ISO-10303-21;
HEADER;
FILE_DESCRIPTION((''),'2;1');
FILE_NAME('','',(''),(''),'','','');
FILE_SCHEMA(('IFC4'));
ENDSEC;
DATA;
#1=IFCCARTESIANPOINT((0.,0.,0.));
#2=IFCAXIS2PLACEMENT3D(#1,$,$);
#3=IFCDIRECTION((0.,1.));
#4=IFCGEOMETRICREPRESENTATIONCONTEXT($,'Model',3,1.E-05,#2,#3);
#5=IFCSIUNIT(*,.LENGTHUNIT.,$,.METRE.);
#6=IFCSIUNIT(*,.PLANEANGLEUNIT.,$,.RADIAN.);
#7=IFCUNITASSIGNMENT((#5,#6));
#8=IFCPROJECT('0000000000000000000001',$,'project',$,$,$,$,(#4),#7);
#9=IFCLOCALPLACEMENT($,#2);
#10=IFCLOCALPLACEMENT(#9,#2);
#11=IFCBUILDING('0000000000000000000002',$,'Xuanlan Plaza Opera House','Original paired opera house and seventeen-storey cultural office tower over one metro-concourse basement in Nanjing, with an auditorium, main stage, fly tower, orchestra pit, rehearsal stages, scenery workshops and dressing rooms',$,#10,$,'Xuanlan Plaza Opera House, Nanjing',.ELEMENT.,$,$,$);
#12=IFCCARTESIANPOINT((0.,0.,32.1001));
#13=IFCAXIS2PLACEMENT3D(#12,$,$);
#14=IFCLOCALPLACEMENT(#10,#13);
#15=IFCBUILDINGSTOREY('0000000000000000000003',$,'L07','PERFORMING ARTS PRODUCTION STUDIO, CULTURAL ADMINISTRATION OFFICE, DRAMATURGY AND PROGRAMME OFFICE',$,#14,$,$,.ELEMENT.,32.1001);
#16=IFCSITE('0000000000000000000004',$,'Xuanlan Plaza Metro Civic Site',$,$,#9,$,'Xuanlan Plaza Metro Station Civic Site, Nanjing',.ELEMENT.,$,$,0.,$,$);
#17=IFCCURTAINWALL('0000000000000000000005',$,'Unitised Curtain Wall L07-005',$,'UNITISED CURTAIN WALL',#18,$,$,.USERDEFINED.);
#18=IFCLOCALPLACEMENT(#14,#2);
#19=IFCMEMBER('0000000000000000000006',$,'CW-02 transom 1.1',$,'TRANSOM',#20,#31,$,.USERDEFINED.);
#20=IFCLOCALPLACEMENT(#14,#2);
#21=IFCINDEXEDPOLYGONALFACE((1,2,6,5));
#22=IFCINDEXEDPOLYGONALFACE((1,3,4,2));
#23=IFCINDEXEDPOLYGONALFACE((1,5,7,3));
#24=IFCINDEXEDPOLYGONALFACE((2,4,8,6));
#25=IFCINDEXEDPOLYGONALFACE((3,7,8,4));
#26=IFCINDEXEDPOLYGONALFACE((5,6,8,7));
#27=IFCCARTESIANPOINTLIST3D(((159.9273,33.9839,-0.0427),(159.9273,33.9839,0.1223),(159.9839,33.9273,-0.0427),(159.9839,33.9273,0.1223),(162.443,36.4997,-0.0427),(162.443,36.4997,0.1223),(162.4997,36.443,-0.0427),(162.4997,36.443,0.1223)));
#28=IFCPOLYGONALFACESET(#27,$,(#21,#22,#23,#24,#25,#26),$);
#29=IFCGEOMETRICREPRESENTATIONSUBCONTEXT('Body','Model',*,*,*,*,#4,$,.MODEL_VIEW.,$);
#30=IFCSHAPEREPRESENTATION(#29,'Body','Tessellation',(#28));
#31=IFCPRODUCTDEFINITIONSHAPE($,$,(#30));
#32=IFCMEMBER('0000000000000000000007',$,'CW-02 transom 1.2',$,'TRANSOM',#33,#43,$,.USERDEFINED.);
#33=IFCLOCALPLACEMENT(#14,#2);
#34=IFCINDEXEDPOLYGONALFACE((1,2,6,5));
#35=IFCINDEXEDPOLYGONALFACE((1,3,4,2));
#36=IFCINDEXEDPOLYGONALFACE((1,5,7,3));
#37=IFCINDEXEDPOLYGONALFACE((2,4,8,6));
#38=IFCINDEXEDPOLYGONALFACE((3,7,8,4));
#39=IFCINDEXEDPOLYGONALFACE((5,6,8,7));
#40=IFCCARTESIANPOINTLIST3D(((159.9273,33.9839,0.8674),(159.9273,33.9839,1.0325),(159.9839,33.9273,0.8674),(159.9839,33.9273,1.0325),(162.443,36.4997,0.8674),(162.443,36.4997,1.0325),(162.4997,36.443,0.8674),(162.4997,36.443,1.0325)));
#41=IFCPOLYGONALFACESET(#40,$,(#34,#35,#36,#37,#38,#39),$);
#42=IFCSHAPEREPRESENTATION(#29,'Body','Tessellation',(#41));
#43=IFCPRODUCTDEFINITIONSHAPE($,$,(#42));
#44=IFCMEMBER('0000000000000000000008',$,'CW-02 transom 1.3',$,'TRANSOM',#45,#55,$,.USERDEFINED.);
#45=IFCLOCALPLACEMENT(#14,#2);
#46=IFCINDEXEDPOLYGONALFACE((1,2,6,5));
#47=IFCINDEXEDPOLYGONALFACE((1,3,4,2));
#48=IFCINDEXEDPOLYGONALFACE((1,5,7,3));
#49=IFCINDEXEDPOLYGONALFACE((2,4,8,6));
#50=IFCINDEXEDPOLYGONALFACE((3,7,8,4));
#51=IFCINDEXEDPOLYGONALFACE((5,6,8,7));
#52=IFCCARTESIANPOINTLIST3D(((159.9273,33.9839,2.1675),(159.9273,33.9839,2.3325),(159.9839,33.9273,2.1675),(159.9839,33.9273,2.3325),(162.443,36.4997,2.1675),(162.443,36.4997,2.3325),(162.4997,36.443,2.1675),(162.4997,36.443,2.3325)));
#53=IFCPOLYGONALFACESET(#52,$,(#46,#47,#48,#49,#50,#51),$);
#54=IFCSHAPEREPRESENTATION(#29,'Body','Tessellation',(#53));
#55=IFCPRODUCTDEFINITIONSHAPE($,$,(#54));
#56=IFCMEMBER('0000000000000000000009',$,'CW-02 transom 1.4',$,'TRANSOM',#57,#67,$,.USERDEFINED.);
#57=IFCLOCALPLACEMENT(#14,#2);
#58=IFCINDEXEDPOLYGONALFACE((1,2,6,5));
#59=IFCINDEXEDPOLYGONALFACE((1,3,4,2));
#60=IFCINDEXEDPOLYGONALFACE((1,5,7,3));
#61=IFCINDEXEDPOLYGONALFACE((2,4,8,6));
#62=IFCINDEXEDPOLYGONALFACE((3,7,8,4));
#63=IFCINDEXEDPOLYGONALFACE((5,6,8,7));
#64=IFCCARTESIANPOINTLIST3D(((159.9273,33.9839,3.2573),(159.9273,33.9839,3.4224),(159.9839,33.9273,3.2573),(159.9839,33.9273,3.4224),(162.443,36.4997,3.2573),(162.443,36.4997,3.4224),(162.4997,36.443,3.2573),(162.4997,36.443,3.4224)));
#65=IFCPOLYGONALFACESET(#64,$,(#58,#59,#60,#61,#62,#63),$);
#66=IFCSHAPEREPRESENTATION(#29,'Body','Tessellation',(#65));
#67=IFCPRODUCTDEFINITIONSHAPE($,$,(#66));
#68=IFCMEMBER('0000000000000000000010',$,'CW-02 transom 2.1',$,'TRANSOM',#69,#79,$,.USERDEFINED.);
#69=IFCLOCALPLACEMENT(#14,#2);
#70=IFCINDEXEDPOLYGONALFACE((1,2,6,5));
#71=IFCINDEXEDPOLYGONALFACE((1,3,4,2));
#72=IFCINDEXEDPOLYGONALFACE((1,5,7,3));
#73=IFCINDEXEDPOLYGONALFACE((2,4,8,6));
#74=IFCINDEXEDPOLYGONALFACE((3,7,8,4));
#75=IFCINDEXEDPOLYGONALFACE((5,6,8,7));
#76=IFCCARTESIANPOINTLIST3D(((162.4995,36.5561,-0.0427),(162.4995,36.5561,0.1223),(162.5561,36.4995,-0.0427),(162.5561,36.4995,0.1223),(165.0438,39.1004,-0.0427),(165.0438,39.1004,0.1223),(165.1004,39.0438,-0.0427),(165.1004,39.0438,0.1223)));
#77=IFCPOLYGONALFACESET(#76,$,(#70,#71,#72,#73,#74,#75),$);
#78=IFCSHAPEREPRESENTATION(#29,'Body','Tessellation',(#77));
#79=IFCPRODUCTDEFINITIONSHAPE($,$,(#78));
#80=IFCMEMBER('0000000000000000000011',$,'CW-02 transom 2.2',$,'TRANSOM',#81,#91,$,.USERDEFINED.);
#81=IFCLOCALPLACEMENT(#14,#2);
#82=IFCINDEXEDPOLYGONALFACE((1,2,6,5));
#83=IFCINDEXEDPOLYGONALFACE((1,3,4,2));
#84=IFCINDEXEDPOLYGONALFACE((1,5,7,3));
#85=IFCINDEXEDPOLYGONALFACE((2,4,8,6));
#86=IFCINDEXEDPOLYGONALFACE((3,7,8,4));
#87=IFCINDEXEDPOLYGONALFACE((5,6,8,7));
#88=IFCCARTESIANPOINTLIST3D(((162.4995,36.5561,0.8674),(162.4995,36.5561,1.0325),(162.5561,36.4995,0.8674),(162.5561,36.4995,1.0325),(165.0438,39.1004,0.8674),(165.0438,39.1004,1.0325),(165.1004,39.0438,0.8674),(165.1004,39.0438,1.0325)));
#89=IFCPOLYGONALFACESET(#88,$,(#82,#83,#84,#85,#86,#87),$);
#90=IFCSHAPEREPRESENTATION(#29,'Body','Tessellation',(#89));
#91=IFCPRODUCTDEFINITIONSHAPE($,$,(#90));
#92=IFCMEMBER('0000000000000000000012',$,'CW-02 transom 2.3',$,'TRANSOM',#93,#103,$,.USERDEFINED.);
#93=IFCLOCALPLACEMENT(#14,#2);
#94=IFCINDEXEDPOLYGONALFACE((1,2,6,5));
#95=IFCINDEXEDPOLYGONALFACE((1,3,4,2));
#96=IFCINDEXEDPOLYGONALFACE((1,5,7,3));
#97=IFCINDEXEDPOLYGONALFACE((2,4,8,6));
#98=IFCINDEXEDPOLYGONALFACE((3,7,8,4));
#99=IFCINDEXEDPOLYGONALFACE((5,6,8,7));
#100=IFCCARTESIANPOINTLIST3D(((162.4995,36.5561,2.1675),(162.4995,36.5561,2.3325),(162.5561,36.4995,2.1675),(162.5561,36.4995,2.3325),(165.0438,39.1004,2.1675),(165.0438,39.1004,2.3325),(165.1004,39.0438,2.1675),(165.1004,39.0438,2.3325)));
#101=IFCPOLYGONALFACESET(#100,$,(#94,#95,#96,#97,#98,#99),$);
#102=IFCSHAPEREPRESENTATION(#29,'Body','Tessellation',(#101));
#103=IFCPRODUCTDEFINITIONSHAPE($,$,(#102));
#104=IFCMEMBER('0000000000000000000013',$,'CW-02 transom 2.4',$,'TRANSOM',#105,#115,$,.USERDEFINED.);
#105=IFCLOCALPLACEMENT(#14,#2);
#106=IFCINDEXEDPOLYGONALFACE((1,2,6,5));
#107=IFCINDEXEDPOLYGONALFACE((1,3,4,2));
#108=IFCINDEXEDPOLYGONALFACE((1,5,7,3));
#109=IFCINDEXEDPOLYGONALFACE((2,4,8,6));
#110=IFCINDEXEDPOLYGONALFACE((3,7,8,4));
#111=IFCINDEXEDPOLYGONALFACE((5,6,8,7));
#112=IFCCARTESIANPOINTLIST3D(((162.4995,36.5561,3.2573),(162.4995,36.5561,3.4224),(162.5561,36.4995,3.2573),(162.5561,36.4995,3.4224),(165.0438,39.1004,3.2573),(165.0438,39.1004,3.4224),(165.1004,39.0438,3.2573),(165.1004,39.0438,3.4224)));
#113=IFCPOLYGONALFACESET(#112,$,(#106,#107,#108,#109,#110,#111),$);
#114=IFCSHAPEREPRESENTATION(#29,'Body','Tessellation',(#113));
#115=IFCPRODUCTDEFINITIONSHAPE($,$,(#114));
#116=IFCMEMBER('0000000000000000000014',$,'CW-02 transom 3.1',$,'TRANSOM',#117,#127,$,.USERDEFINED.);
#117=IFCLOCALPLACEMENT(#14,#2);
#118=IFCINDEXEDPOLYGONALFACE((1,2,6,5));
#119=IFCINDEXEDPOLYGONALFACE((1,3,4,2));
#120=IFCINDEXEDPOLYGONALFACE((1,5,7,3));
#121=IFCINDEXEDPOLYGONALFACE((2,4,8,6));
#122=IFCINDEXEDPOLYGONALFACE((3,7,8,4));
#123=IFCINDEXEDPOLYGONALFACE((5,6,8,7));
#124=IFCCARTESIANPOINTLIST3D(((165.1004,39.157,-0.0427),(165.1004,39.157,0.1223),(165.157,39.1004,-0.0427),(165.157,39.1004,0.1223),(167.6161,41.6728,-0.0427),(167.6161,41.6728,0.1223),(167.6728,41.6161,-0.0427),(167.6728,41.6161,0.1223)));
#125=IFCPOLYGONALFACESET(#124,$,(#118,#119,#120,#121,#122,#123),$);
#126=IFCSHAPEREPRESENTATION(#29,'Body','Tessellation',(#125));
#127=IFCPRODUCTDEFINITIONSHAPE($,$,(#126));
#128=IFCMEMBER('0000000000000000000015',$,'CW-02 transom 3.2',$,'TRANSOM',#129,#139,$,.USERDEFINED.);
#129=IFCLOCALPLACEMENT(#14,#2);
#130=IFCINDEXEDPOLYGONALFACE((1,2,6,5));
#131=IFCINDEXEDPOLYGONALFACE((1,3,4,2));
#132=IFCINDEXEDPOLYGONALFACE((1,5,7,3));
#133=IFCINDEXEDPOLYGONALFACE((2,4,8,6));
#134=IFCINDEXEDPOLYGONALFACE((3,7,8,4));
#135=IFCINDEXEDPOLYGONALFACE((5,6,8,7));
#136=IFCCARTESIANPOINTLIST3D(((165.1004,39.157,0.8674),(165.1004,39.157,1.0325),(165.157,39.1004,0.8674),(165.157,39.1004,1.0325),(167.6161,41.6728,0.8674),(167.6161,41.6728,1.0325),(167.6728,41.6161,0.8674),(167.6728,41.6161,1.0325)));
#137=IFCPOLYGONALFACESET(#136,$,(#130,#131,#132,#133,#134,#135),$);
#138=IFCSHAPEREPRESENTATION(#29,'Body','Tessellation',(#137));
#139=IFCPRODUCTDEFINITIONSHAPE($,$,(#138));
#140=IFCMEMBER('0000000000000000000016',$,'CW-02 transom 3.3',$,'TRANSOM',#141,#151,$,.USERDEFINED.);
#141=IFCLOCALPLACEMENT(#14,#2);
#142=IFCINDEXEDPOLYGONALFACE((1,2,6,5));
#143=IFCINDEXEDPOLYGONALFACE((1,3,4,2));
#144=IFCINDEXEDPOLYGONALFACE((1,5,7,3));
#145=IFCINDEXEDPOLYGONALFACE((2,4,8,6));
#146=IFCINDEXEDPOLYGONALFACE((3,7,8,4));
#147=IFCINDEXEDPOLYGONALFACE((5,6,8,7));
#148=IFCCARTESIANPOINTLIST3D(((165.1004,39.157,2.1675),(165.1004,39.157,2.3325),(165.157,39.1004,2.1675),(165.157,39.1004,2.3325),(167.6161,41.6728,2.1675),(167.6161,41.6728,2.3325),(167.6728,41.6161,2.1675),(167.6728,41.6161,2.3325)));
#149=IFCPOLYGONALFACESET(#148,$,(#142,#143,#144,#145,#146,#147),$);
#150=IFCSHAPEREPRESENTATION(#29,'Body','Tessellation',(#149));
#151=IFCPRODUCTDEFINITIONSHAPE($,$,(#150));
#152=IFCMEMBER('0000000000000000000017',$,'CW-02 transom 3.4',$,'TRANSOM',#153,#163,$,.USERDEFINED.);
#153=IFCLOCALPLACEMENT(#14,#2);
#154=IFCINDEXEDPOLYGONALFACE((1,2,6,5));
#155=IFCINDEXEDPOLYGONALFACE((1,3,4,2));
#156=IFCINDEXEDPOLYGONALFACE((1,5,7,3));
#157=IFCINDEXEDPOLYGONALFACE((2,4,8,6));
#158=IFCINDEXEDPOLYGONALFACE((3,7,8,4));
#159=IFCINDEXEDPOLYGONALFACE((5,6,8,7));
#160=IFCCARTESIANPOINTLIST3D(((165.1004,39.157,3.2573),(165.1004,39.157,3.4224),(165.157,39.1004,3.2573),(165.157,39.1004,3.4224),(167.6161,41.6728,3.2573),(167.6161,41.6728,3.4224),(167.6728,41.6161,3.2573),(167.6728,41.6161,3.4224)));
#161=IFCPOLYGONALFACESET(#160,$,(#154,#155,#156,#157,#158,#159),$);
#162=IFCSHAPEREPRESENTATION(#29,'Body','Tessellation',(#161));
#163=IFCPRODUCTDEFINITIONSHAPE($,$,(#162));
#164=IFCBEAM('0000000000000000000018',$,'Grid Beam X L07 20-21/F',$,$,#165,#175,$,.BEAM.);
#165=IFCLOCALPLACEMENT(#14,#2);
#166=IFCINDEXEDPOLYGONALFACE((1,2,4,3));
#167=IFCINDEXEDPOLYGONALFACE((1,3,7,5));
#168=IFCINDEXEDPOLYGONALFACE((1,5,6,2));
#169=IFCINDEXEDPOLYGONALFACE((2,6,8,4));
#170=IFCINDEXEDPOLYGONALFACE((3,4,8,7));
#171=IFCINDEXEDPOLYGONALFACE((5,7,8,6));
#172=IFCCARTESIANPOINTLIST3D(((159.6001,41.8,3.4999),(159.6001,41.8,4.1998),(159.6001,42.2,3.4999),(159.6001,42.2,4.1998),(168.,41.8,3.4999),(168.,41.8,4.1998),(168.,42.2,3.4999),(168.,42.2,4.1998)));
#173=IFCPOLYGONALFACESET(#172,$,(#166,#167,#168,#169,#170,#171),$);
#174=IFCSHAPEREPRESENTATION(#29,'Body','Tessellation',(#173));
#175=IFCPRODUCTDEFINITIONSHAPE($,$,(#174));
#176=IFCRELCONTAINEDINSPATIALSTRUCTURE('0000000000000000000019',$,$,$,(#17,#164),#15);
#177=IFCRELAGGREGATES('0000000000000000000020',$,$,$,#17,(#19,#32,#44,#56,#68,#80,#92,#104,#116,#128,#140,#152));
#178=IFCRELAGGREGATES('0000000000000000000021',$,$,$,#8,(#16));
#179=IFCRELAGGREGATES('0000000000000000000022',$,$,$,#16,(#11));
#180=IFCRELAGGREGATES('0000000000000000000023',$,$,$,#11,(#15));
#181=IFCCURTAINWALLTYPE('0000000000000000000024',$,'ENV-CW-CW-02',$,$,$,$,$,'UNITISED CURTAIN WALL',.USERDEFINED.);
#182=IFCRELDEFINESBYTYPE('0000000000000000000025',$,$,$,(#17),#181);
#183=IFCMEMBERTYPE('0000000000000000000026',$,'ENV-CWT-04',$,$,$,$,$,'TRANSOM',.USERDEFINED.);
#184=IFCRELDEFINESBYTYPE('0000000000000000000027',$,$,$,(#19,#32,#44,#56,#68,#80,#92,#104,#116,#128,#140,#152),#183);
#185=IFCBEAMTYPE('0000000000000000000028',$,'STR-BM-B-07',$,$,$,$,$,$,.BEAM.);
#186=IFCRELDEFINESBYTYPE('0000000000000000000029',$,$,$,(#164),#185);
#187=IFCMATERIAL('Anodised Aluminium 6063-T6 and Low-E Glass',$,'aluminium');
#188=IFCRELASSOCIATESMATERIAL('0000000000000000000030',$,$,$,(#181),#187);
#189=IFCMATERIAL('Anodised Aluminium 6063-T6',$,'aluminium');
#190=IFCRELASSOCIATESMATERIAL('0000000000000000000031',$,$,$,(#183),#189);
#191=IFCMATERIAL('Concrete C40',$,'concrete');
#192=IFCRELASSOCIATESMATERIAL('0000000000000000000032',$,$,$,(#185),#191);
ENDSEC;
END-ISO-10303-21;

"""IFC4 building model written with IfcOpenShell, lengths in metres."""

from ifc_helpers import new_model, si_unit, direction, frame, origin, origin_2d, place, context, subcontext, project, spatial, rectangle, extrude, material, material_profile, profile_set, type_object, element, aggregate, save


model = new_model("IFC4")

# Units and contexts
model_context = context("Model", 3, precision=1e-05, world=origin(), true_north=direction((0.0, 1.0)))
body_context = subcontext(model_context, "Body", "Model", "MODEL_VIEW")
ifc_project = project(units=[si_unit("LENGTHUNIT", "METRE"), si_unit("PLANEANGLEUNIT", "RADIAN")], contexts=[model_context])

# Site, building, storey
site_placement = place(None, origin())
site = spatial("IfcSite", under=ifc_project, at=site_placement, Name="Xuanlan Plaza Metro Civic Site", LongName="Xuanlan Plaza Metro Station Civic Site, Nanjing", CompositionType="ELEMENT", RefElevation=0.0)
building_placement = place(site_placement, origin())
building = spatial("IfcBuilding", under=site, at=building_placement, Name="Xuanlan Plaza Opera House", Description="Original paired opera house and seventeen-storey cultural office tower over one metro-concourse basement in Nanjing, with an auditorium, main stage, fly tower, orchestra pit, rehearsal stages, scenery workshops and dressing rooms", LongName="Xuanlan Plaza Opera House, Nanjing", CompositionType="ELEMENT")
storey_placement = place(building_placement, frame((0.0, 0.0, 32.1001)))
storey = spatial("IfcBuildingStorey", under=building, at=storey_placement, Name="L07", Description="PERFORMING ARTS PRODUCTION STUDIO, CULTURAL ADMINISTRATION OFFICE, DRAMATURGY AND PROGRAMME OFFICE", CompositionType="ELEMENT", Elevation=32.1001)

# Shared definitions
ifc_material_1 = material(Name="Anodised Aluminium 6063-T6 and Low-E Glass", Category="aluminium")
ifc_material_2 = material(Name="Anodised Aluminium 6063-T6", Category="aluminium")

# Curtain wall
curtain_wall_type_1 = type_object("IfcCurtainWallType", Name="ENV-CW-CW-02", ElementType="UNITISED CURTAIN WALL", PredefinedType="USERDEFINED", material=ifc_material_1)
curtain_wall_1_placement = place(storey_placement, origin())
curtain_wall_1 = element("IfcCurtainWall", 1, at=curtain_wall_1_placement, inside=storey, type_object=curtain_wall_type_1, Name="Unitised Curtain Wall L07-005", ObjectType="UNITISED CURTAIN WALL", PredefinedType="USERDEFINED")

# Members
ifc_material_profile_1 = material_profile(ifc_material_2, rectangle(XDim=0.0801, YDim=0.165, at=origin_2d()), Name="ALU-T 80x165")
ifc_profile_set_1 = profile_set([ifc_material_profile_1], Name="Anodised Aluminium 6063-T6")
member_type_1 = type_object("IfcMemberType", Name="ENV-CWT-04", ElementType="TRANSOM", PredefinedType="USERDEFINED", material=ifc_profile_set_1)
member_1_placement = place(storey_placement, frame((159.9556, 33.9556, 0.0398), z_axis=(0.707107, 0.707107, 0.0), x_axis=(-0.707107, 0.707107, 0.0)))
member_1 = element("IfcMember", 2, at=member_1_placement, type_object=member_type_1, Name="CW-02 transom 1.1", ObjectType="TRANSOM", PredefinedType="USERDEFINED", context=body_context, shape_type="SweptSolid", body=[
    extrude(rectangle(XDim=0.0801, YDim=0.165, at=origin_2d()), origin(), (0.0, 0.0, 1.0), 3.5579),
])
member_2_placement = place(storey_placement, frame((159.9556, 33.9556, 0.95), z_axis=(0.707107, 0.707107, 0.0), x_axis=(-0.707107, 0.707107, 0.0)))
member_2 = element("IfcMember", 3, at=member_2_placement, type_object=member_type_1, Name="CW-02 transom 1.2", ObjectType="TRANSOM", PredefinedType="USERDEFINED", context=body_context, shape_type="SweptSolid", body=[
    extrude(rectangle(XDim=0.0801, YDim=0.165, at=origin_2d()), origin(), (0.0, 0.0, 1.0), 3.5579),
])
member_3_placement = place(storey_placement, frame((159.9556, 33.9556, 2.25), z_axis=(0.707107, 0.707107, 0.0), x_axis=(-0.707107, 0.707107, 0.0)))
member_3 = element("IfcMember", 4, at=member_3_placement, type_object=member_type_1, Name="CW-02 transom 1.3", ObjectType="TRANSOM", PredefinedType="USERDEFINED", context=body_context, shape_type="SweptSolid", body=[
    extrude(rectangle(XDim=0.0801, YDim=0.165, at=origin_2d()), origin(), (0.0, 0.0, 1.0), 3.5579),
])
member_4_placement = place(storey_placement, frame((159.9556, 33.9556, 3.3398), z_axis=(0.707107, 0.707107, 0.0), x_axis=(-0.707107, 0.707107, 0.0)))
member_4 = element("IfcMember", 5, at=member_4_placement, type_object=member_type_1, Name="CW-02 transom 1.4", ObjectType="TRANSOM", PredefinedType="USERDEFINED", context=body_context, shape_type="SweptSolid", body=[
    extrude(rectangle(XDim=0.0801, YDim=0.165, at=origin_2d()), origin(), (0.0, 0.0, 1.0), 3.5579),
])
member_5_placement = place(storey_placement, frame((162.5278, 36.5278, 0.0398), z_axis=(0.707107, 0.707107, 0.0), x_axis=(-0.707107, 0.707107, 0.0)))
member_5 = element("IfcMember", 6, at=member_5_placement, type_object=member_type_1, Name="CW-02 transom 2.1", ObjectType="TRANSOM", PredefinedType="USERDEFINED", context=body_context, shape_type="SweptSolid", body=[
    extrude(rectangle(XDim=0.0801, YDim=0.165, at=origin_2d()), origin(), (0.0, 0.0, 1.0), 3.5981),
])
member_6_placement = place(storey_placement, frame((162.5278, 36.5278, 0.95), z_axis=(0.707107, 0.707107, 0.0), x_axis=(-0.707107, 0.707107, 0.0)))
member_6 = element("IfcMember", 7, at=member_6_placement, type_object=member_type_1, Name="CW-02 transom 2.2", ObjectType="TRANSOM", PredefinedType="USERDEFINED", context=body_context, shape_type="SweptSolid", body=[
    extrude(rectangle(XDim=0.0801, YDim=0.165, at=origin_2d()), origin(), (0.0, 0.0, 1.0), 3.5981),
])
member_7_placement = place(storey_placement, frame((162.5278, 36.5278, 2.25), z_axis=(0.707107, 0.707107, 0.0), x_axis=(-0.707107, 0.707107, 0.0)))
member_7 = element("IfcMember", 8, at=member_7_placement, type_object=member_type_1, Name="CW-02 transom 2.3", ObjectType="TRANSOM", PredefinedType="USERDEFINED", context=body_context, shape_type="SweptSolid", body=[
    extrude(rectangle(XDim=0.0801, YDim=0.165, at=origin_2d()), origin(), (0.0, 0.0, 1.0), 3.5981),
])
member_8_placement = place(storey_placement, frame((162.5278, 36.5278, 3.3398), z_axis=(0.707107, 0.707107, 0.0), x_axis=(-0.707107, 0.707107, 0.0)))
member_8 = element("IfcMember", 9, at=member_8_placement, type_object=member_type_1, Name="CW-02 transom 2.4", ObjectType="TRANSOM", PredefinedType="USERDEFINED", context=body_context, shape_type="SweptSolid", body=[
    extrude(rectangle(XDim=0.0801, YDim=0.165, at=origin_2d()), origin(), (0.0, 0.0, 1.0), 3.5981),
])
member_9_placement = place(storey_placement, frame((165.1287, 39.1287, 0.0398), z_axis=(0.707107, 0.707107, 0.0), x_axis=(-0.707107, 0.707107, 0.0)))
member_9 = element("IfcMember", 10, at=member_9_placement, type_object=member_type_1, Name="CW-02 transom 3.1", ObjectType="TRANSOM", PredefinedType="USERDEFINED", context=body_context, shape_type="SweptSolid", body=[
    extrude(rectangle(XDim=0.0801, YDim=0.165, at=origin_2d()), origin(), (0.0, 0.0, 1.0), 3.5579),
])
member_10_placement = place(storey_placement, frame((165.1287, 39.1287, 0.95), z_axis=(0.707107, 0.707107, 0.0), x_axis=(-0.707107, 0.707107, 0.0)))
member_10 = element("IfcMember", 11, at=member_10_placement, type_object=member_type_1, Name="CW-02 transom 3.2", ObjectType="TRANSOM", PredefinedType="USERDEFINED", context=body_context, shape_type="SweptSolid", body=[
    extrude(rectangle(XDim=0.0801, YDim=0.165, at=origin_2d()), origin(), (0.0, 0.0, 1.0), 3.5579),
])
member_11_placement = place(storey_placement, frame((165.1287, 39.1287, 2.25), z_axis=(0.707107, 0.707107, 0.0), x_axis=(-0.707107, 0.707107, 0.0)))
member_11 = element("IfcMember", 12, at=member_11_placement, type_object=member_type_1, Name="CW-02 transom 3.3", ObjectType="TRANSOM", PredefinedType="USERDEFINED", context=body_context, shape_type="SweptSolid", body=[
    extrude(rectangle(XDim=0.0801, YDim=0.165, at=origin_2d()), origin(), (0.0, 0.0, 1.0), 3.5579),
])
member_12_placement = place(storey_placement, frame((165.1287, 39.1287, 3.3398), z_axis=(0.707107, 0.707107, 0.0), x_axis=(-0.707107, 0.707107, 0.0)))
member_12 = element("IfcMember", 13, at=member_12_placement, type_object=member_type_1, Name="CW-02 transom 3.4", ObjectType="TRANSOM", PredefinedType="USERDEFINED", context=body_context, shape_type="SweptSolid", body=[
    extrude(rectangle(XDim=0.0801, YDim=0.165, at=origin_2d()), origin(), (0.0, 0.0, 1.0), 3.5579),
])

# Beam
ifc_material_3 = material(Name="Concrete C40", Category="concrete")
ifc_material_profile_2 = material_profile(ifc_material_3, rectangle(XDim=0.3999, YDim=0.7, at=origin_2d()), Name="RC-BM 400x700")
ifc_profile_set_2 = profile_set([ifc_material_profile_2], Name="Concrete C40")
beam_type_1 = type_object("IfcBeamType", Name="STR-BM-B-07", PredefinedType="BEAM", material=ifc_profile_set_2)
beam_1_placement = place(storey_placement, frame((159.6001, 42.0, 3.8499), z_axis=(1.0, 0.0, 0.0), x_axis=(0.0, 1.0, 0.0)))
element("IfcBeam", 14, at=beam_1_placement, inside=storey, type_object=beam_type_1, Name="Grid Beam X L07 20-21/F", PredefinedType="BEAM", context=body_context, shape_type="SweptSolid", body=[
    extrude(rectangle(XDim=0.3999, YDim=0.7, at=origin_2d()), origin(), (0.0, 0.0, 1.0), 8.3999),
])

aggregate(curtain_wall_1, [member_1, member_2, member_3, member_4, member_5, member_6, member_7, member_8, member_9, member_10, member_11, member_12])

save(model, "model.ifc")
